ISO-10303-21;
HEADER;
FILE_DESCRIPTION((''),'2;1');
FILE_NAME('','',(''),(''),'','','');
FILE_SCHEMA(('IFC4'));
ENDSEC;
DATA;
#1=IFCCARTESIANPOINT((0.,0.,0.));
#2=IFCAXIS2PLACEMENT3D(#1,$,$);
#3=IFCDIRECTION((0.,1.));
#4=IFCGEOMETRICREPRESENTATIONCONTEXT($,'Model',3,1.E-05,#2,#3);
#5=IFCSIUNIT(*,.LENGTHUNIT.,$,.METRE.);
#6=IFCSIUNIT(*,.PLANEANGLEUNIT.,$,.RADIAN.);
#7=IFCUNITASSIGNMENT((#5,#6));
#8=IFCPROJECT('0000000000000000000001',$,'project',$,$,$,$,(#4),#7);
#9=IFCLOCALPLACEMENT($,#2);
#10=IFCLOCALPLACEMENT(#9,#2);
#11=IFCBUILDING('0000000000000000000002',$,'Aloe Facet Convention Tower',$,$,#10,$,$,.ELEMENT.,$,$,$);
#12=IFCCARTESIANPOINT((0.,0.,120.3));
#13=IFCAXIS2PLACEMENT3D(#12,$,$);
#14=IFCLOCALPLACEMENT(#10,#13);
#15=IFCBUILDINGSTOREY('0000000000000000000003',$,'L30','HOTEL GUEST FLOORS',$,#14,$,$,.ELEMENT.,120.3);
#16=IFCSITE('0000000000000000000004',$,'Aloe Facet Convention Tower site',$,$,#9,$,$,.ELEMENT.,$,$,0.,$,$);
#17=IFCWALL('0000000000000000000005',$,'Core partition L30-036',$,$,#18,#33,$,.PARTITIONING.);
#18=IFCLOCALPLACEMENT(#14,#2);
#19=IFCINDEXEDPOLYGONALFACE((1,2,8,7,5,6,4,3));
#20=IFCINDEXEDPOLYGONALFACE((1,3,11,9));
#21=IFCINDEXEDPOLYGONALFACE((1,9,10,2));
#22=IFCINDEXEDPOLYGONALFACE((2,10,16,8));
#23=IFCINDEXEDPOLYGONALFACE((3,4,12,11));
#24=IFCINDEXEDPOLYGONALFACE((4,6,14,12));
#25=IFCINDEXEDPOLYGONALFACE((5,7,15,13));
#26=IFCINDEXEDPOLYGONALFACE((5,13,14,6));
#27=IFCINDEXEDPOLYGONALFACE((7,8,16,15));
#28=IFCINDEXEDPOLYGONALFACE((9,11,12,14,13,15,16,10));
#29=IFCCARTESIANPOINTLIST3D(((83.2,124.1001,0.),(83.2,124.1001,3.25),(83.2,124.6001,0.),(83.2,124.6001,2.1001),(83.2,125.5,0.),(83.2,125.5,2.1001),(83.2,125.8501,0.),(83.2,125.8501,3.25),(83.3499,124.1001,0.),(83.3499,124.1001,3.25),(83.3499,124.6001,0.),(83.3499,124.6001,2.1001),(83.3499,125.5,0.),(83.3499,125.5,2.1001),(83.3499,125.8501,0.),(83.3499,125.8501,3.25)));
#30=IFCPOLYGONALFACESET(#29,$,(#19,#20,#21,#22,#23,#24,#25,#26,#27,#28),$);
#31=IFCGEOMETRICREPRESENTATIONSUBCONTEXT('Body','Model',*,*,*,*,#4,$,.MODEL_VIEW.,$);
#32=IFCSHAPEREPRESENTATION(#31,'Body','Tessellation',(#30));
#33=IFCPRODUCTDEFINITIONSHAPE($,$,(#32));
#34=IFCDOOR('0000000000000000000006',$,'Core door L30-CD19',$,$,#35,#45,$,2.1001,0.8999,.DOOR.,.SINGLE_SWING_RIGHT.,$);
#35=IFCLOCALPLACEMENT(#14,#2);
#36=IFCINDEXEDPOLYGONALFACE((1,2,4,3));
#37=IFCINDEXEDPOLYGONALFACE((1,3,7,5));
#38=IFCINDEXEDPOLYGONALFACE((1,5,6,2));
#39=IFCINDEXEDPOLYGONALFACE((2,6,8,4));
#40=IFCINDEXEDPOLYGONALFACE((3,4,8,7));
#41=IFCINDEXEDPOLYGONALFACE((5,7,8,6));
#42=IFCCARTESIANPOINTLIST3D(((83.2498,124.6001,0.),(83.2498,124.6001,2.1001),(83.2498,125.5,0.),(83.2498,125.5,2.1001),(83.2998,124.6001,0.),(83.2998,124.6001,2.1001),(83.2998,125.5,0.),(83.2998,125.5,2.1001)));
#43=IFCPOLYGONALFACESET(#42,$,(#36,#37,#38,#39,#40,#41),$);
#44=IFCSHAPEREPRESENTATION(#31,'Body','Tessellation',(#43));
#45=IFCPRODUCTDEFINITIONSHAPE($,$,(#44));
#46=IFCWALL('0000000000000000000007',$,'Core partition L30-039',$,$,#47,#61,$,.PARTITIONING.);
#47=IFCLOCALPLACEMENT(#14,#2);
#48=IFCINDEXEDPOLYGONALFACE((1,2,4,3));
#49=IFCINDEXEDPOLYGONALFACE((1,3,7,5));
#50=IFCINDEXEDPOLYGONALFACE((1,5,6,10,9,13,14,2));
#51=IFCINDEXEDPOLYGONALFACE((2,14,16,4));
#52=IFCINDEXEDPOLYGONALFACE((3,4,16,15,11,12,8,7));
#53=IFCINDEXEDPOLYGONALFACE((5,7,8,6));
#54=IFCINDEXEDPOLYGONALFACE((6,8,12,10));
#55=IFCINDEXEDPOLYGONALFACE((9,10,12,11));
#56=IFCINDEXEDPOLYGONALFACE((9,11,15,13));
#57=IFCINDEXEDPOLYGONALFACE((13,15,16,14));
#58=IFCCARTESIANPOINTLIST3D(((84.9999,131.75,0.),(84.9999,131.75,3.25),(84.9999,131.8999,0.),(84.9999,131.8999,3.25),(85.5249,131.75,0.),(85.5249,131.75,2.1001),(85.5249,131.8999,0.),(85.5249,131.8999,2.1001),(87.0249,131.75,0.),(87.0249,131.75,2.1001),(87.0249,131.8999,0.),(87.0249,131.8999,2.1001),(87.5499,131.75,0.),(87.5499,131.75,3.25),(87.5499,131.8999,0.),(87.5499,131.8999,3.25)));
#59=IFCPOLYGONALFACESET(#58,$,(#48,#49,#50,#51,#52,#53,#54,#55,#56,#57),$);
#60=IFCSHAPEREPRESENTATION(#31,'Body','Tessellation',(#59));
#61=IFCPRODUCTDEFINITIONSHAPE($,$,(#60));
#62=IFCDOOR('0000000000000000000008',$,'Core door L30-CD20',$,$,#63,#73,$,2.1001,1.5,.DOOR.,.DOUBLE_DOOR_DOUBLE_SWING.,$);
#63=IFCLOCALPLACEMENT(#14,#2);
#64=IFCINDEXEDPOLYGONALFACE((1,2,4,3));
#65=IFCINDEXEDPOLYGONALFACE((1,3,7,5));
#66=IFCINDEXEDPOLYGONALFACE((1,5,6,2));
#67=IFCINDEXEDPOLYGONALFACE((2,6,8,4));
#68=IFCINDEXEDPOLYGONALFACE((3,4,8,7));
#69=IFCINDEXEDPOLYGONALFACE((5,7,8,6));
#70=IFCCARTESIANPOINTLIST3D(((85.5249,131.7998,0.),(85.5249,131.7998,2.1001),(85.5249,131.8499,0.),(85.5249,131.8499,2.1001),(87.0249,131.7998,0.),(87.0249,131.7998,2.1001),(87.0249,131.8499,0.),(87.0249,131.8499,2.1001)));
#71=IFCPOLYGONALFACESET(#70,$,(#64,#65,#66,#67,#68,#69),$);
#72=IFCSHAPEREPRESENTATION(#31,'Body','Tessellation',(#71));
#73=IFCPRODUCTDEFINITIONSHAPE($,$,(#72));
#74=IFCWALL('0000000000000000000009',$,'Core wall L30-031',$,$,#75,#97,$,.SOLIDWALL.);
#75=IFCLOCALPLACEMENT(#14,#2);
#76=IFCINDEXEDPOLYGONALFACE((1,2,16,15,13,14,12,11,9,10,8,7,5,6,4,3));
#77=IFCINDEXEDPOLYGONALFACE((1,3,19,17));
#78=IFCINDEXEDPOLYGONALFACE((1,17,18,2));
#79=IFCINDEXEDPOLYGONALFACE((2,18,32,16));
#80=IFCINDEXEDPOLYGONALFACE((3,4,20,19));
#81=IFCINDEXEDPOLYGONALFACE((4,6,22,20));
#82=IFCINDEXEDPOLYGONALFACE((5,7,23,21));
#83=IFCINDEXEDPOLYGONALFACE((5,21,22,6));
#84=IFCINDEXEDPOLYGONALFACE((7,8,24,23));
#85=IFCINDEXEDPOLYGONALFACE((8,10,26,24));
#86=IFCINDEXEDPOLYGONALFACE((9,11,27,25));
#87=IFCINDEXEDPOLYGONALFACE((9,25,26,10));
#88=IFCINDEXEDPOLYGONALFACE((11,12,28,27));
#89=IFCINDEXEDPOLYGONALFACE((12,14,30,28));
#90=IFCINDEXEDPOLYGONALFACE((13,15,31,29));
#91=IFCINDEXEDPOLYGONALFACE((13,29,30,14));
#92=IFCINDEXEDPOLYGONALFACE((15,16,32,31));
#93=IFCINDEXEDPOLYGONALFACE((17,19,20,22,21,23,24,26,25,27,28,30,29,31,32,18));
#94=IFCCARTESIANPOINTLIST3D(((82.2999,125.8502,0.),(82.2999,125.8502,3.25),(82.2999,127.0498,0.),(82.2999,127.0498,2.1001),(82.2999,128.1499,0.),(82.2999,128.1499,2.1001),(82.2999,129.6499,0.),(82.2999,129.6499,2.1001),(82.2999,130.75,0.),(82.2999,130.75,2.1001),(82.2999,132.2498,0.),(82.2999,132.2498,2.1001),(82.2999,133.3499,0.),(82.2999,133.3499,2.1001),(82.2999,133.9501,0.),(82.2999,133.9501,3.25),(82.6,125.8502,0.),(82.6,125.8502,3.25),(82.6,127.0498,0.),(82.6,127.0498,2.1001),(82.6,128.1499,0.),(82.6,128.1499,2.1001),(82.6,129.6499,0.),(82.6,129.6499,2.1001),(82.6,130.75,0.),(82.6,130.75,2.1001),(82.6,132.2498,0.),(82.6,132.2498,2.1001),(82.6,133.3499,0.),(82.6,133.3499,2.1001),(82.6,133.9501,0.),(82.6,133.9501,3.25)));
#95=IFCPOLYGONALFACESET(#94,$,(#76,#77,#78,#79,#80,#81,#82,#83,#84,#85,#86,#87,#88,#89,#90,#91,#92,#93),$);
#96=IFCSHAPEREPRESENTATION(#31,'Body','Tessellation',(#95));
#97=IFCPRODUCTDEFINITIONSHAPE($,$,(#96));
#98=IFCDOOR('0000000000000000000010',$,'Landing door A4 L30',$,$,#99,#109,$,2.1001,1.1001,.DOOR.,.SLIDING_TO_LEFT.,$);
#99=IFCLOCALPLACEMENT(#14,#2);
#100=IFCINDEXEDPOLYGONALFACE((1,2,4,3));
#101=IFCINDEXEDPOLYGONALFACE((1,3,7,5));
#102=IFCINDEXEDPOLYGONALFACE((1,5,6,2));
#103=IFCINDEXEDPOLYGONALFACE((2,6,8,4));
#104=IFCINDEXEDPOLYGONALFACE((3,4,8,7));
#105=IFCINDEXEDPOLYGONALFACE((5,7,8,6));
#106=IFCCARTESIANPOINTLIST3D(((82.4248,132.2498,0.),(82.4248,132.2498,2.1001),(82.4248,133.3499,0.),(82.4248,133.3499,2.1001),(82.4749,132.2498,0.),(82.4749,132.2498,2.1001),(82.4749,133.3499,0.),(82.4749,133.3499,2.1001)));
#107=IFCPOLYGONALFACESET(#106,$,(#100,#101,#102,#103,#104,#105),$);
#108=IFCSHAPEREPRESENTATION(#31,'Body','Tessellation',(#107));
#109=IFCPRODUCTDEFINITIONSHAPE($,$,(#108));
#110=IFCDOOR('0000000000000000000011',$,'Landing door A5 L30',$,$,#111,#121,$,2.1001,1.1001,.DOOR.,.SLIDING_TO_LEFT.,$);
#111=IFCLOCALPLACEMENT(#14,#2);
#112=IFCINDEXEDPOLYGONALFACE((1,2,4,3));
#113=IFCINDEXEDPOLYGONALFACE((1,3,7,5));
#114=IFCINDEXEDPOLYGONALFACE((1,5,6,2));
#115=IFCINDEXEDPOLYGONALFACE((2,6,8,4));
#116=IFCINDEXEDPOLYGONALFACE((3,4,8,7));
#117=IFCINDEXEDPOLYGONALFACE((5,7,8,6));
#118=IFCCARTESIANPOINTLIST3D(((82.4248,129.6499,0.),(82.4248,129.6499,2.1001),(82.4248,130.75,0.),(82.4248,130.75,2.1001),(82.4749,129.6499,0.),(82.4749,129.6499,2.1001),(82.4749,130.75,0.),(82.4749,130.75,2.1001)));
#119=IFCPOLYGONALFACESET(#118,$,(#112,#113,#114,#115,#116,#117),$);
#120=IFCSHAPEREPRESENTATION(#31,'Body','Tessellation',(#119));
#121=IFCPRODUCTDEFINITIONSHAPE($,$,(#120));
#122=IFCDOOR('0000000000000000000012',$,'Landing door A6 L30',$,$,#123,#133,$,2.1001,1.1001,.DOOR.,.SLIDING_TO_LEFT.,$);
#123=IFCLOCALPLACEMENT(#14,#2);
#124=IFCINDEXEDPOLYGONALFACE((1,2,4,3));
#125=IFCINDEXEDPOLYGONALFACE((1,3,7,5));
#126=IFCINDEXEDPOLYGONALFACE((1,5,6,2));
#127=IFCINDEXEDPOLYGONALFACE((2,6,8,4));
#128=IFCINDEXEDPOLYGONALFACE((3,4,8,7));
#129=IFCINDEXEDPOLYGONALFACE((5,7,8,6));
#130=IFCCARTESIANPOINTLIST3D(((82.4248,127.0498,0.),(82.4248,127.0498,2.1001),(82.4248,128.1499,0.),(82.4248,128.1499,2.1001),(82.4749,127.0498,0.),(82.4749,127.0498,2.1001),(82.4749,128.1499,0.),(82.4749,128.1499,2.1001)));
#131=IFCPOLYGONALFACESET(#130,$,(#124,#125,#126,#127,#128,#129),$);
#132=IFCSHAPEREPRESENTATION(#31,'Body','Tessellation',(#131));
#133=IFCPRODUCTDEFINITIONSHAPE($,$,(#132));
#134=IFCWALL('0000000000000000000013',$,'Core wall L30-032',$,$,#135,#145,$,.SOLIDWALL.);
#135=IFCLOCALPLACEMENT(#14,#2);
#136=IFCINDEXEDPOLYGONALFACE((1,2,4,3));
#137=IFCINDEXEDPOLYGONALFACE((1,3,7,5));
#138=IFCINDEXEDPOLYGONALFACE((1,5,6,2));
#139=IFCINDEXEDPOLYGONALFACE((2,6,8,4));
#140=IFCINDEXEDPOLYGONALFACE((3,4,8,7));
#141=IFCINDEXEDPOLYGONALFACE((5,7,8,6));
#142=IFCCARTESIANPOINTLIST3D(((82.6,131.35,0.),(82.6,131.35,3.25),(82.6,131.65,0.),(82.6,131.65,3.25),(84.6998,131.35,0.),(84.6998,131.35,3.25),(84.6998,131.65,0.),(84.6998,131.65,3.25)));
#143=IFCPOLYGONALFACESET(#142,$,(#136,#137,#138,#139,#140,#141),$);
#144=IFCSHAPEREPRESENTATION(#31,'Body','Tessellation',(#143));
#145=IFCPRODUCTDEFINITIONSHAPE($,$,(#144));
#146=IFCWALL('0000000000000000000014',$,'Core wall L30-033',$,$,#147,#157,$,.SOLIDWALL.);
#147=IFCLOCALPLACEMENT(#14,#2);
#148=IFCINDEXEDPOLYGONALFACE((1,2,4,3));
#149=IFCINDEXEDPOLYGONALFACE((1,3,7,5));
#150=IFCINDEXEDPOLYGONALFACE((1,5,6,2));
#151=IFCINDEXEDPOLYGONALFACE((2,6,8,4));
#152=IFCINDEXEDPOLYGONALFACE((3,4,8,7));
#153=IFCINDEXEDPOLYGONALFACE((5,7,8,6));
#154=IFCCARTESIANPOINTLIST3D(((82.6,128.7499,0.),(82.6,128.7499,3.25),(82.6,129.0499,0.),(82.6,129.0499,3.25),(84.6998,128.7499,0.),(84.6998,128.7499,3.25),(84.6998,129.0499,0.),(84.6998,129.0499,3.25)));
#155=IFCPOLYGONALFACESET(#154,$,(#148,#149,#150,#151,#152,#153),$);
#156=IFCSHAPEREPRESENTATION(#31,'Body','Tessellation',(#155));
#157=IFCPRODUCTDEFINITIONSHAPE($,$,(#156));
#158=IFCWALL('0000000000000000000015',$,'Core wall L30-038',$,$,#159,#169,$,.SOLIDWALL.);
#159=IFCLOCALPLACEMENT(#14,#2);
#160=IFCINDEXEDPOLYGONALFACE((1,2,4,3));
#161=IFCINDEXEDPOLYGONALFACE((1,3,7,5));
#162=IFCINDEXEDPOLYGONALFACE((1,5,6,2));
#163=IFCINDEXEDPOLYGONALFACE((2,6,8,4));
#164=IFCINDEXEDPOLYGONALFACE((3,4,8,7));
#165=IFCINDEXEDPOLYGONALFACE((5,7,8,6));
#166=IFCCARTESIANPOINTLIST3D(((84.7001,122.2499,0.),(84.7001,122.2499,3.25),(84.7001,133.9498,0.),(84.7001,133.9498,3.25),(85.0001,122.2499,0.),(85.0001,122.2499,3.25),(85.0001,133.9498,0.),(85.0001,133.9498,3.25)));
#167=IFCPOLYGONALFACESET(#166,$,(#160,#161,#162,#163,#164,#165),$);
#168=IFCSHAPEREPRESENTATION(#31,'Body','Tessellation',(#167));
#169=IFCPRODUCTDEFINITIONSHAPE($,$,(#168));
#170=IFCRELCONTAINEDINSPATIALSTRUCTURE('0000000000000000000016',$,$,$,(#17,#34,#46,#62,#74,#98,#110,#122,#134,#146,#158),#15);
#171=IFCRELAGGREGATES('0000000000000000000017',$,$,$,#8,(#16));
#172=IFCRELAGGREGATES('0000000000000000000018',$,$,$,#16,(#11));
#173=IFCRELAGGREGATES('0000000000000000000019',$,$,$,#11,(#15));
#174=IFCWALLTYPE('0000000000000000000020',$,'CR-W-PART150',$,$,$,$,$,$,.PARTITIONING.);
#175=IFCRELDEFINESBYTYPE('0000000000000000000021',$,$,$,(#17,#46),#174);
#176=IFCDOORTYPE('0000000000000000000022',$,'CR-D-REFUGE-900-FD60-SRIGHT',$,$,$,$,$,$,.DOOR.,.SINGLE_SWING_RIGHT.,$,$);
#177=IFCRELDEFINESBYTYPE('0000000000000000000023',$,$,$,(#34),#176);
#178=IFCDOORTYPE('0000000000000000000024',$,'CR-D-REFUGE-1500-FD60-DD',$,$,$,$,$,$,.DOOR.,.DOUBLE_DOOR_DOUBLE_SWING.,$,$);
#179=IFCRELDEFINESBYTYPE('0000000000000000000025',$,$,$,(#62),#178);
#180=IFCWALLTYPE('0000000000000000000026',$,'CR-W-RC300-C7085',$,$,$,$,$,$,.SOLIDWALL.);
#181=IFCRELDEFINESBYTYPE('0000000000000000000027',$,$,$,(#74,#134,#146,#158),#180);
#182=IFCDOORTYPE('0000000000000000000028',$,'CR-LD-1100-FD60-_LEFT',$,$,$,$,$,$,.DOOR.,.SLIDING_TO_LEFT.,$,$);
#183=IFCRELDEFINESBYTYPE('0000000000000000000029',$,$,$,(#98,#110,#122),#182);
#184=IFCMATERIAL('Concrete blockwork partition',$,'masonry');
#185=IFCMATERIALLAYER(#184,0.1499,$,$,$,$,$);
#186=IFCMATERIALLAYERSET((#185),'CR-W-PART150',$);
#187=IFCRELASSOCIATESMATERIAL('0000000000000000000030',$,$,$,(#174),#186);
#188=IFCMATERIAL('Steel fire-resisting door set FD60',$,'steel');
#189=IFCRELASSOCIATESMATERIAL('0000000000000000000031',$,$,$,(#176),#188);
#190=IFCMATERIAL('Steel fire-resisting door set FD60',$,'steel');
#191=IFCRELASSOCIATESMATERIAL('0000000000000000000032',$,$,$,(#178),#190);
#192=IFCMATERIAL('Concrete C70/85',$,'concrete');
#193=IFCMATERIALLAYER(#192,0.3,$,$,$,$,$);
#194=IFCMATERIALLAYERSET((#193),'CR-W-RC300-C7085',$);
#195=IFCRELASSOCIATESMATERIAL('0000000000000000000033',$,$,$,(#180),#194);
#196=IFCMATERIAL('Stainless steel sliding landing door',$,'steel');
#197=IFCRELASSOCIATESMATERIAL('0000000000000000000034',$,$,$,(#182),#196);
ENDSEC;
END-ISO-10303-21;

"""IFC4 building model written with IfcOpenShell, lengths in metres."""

from ifc_helpers import new_model, si_unit, direction, frame, frame_2d, origin, place, context, subcontext, project, spatial, rectangle, extrude, material, layer, layer_set, type_object, element, fill, save


model = new_model("IFC4")

# Units and contexts
model_context = context("Model", 3, precision=1e-05, world=origin(), true_north=direction((0.0, 1.0)))
body_context = subcontext(model_context, "Body", "Model", "MODEL_VIEW")
ifc_project = project(units=[si_unit("LENGTHUNIT", "METRE"), si_unit("PLANEANGLEUNIT", "RADIAN")], contexts=[model_context])

# Site, building, storey
site_placement = place(None, origin())
site = spatial("IfcSite", under=ifc_project, at=site_placement, Name="Aloe Facet Convention Tower site", CompositionType="ELEMENT", RefElevation=0.0)
building_placement = place(site_placement, origin())
building = spatial("IfcBuilding", under=site, at=building_placement, Name="Aloe Facet Convention Tower", CompositionType="ELEMENT")
storey_placement = place(building_placement, frame((0.0, 0.0, 120.3)))
storey = spatial("IfcBuildingStorey", under=building, at=storey_placement, Name="L30", Description="HOTEL GUEST FLOORS", CompositionType="ELEMENT", Elevation=120.3)

# Walls, openings, doors
ifc_material_1 = material(Name="Concrete blockwork partition", Category="masonry")
ifc_layer_1 = layer(ifc_material_1, 0.1499)
ifc_layer_set_1 = layer_set([ifc_layer_1], Name="CR-W-PART150")
wall_type_1 = type_object("IfcWallType", Name="CR-W-PART150", PredefinedType="PARTITIONING", material=ifc_layer_set_1)
wall_1_placement = place(storey_placement, frame((83.2749, 125.8501, 0.0), z_axis=(0.0, 0.0, 1.0), x_axis=(0.0, -1.0, 0.0)))
wall_1 = element("IfcWall", 1, at=wall_1_placement, inside=storey, type_object=wall_type_1, Name="Core partition L30-036", PredefinedType="PARTITIONING", context=body_context, shape_type="SweptSolid", body=[
    extrude(rectangle(XDim=1.75, YDim=0.1499, at=frame_2d((0.875, 0.0))), origin(), (0.0, 0.0, 1.0), 3.25),
])
opening_1_placement = place(wall_1_placement, frame((0.3501, 0.0, 0.0)))
opening_1 = element("IfcOpeningElement", 2, at=opening_1_placement, cuts=wall_1, PredefinedType="OPENING", context=body_context, shape_type="SweptSolid", body=[
    extrude(rectangle(XDim=0.8999, YDim=2.1001, at=frame_2d((0.45, 1.05))), frame((0.0, 0.085, 0.0), z_axis=(0.0, -1.0, 0.0), x_axis=(1.0, 0.0, 0.0)), (0.0, 0.0, 1.0), 0.1699),
])
ifc_material_2 = material(Name="Steel fire-resisting door set FD60", Category="steel")
door_type_1 = type_object("IfcDoorType", Name="CR-D-REFUGE-900-FD60-SRIGHT", OperationType="SINGLE_SWING_RIGHT", PredefinedType="DOOR", material=ifc_material_2)
door_1_placement = place(opening_1_placement, origin())
door_1 = element("IfcDoor", 3, at=door_1_placement, inside=storey, type_object=door_type_1, Name="Core door L30-CD19", OperationType="SINGLE_SWING_RIGHT", OverallHeight=2.1001, OverallWidth=0.8999, PredefinedType="DOOR", context=body_context, shape_type="SweptSolid", body=[
    extrude(rectangle(XDim=0.8999, YDim=2.1001, at=frame_2d((0.45, 1.05))), frame((0.0, 0.0249, 0.0), z_axis=(0.0, -1.0, 0.0), x_axis=(1.0, 0.0, 0.0)), (0.0, 0.0, 1.0), 0.05),
])
fill(opening_1, door_1)
wall_2_placement = place(storey_placement, frame((85.0, 131.825, 0.0), z_axis=(0.0, 0.0, 1.0), x_axis=(1.0, 0.0, 0.0)))
wall_2 = element("IfcWall", 4, at=wall_2_placement, inside=storey, type_object=wall_type_1, Name="Core partition L30-039", PredefinedType="PARTITIONING", context=body_context, shape_type="SweptSolid", body=[
    extrude(rectangle(XDim=2.55, YDim=0.1499, at=frame_2d((1.2749, 0.0))), origin(), (0.0, 0.0, 1.0), 3.25),
])
opening_2_placement = place(wall_2_placement, frame((0.5249, 0.0, 0.0)))
opening_2 = element("IfcOpeningElement", 5, at=opening_2_placement, cuts=wall_2, PredefinedType="OPENING", context=body_context, shape_type="SweptSolid", body=[
    extrude(rectangle(XDim=1.5, YDim=2.1001, at=frame_2d((0.75, 1.05))), frame((0.0, 0.085, 0.0), z_axis=(0.0, -1.0, 0.0), x_axis=(1.0, 0.0, 0.0)), (0.0, 0.0, 1.0), 0.1699),
])
ifc_material_3 = material(Name="Steel fire-resisting door set FD60", Category="steel")
door_type_2 = type_object("IfcDoorType", Name="CR-D-REFUGE-1500-FD60-DD", OperationType="DOUBLE_DOOR_DOUBLE_SWING", PredefinedType="DOOR", material=ifc_material_3)
door_2_placement = place(opening_2_placement, origin())
door_2 = element("IfcDoor", 6, at=door_2_placement, inside=storey, type_object=door_type_2, Name="Core door L30-CD20", OperationType="DOUBLE_DOOR_DOUBLE_SWING", OverallHeight=2.1001, OverallWidth=1.5, PredefinedType="DOOR", context=body_context, shape_type="SweptSolid", body=[
    extrude(rectangle(XDim=1.5, YDim=2.1001, at=frame_2d((0.75, 1.05))), frame((0.0, 0.0249, 0.0), z_axis=(0.0, -1.0, 0.0), x_axis=(1.0, 0.0, 0.0)), (0.0, 0.0, 1.0), 0.05),
])
fill(opening_2, door_2)

# Wall, openings, doors
ifc_material_4 = material(Name="Concrete C70/85", Category="concrete")
ifc_layer_2 = layer(ifc_material_4, 0.3)
ifc_layer_set_2 = layer_set([ifc_layer_2], Name="CR-W-RC300-C7085")
wall_type_2 = type_object("IfcWallType", Name="CR-W-RC300-C7085", PredefinedType="SOLIDWALL", material=ifc_layer_set_2)
wall_3_placement = place(storey_placement, frame((82.45, 133.95, 0.0), z_axis=(0.0, 0.0, 1.0), x_axis=(0.0, -1.0, 0.0)))
wall_3 = element("IfcWall", 7, at=wall_3_placement, inside=storey, type_object=wall_type_2, Name="Core wall L30-031", PredefinedType="SOLIDWALL", context=body_context, shape_type="SweptSolid", body=[
    extrude(rectangle(XDim=8.0999, YDim=0.3, at=frame_2d((4.0498, 0.0))), origin(), (0.0, 0.0, 1.0), 3.25),
])
opening_3_placement = place(wall_3_placement, frame((0.6001, 0.0, 0.0)))
opening_3 = element("IfcOpeningElement", 8, at=opening_3_placement, cuts=wall_3, PredefinedType="OPENING", context=body_context, shape_type="SweptSolid", body=[
    extrude(rectangle(XDim=1.1001, YDim=2.1001, at=frame_2d((0.55, 1.05))), frame((0.0, 0.1602, 0.0), z_axis=(0.0, -1.0, 0.0), x_axis=(1.0, 0.0, 0.0)), (0.0, 0.0, 1.0), 0.3201),
])
opening_4_placement = place(wall_3_placement, frame((3.2, 0.0, 0.0)))
opening_4 = element("IfcOpeningElement", 9, at=opening_4_placement, cuts=wall_3, PredefinedType="OPENING", context=body_context, shape_type="SweptSolid", body=[
    extrude(rectangle(XDim=1.1001, YDim=2.1001, at=frame_2d((0.55, 1.05))), frame((0.0, 0.1602, 0.0), z_axis=(0.0, -1.0, 0.0), x_axis=(1.0, 0.0, 0.0)), (0.0, 0.0, 1.0), 0.3201),
])
opening_5_placement = place(wall_3_placement, frame((5.8, 0.0, 0.0)))
opening_5 = element("IfcOpeningElement", 10, at=opening_5_placement, cuts=wall_3, PredefinedType="OPENING", context=body_context, shape_type="SweptSolid", body=[
    extrude(rectangle(XDim=1.1001, YDim=2.1001, at=frame_2d((0.55, 1.05))), frame((0.0, 0.1602, 0.0), z_axis=(0.0, -1.0, 0.0), x_axis=(1.0, 0.0, 0.0)), (0.0, 0.0, 1.0), 0.3201),
])
ifc_material_5 = material(Name="Stainless steel sliding landing door", Category="steel")
door_type_3 = type_object("IfcDoorType", Name="CR-LD-1100-FD60-_LEFT", OperationType="SLIDING_TO_LEFT", PredefinedType="DOOR", material=ifc_material_5)
door_3_placement = place(opening_3_placement, origin())
door_3 = element("IfcDoor", 11, at=door_3_placement, inside=storey, type_object=door_type_3, Name="Landing door A4 L30", OperationType="SLIDING_TO_LEFT", OverallHeight=2.1001, OverallWidth=1.1001, PredefinedType="DOOR", context=body_context, shape_type="SweptSolid", body=[
    extrude(rectangle(XDim=1.1001, YDim=2.1001, at=frame_2d((0.55, 1.05))), frame((0.0, 0.0249, 0.0), z_axis=(0.0, -1.0, 0.0), x_axis=(1.0, 0.0, 0.0)), (0.0, 0.0, 1.0), 0.05),
])
fill(opening_3, door_3)
door_4_placement = place(opening_4_placement, origin())
door_4 = element("IfcDoor", 12, at=door_4_placement, inside=storey, type_object=door_type_3, Name="Landing door A5 L30", OperationType="SLIDING_TO_LEFT", OverallHeight=2.1001, OverallWidth=1.1001, PredefinedType="DOOR", context=body_context, shape_type="SweptSolid", body=[
    extrude(rectangle(XDim=1.1001, YDim=2.1001, at=frame_2d((0.55, 1.05))), frame((0.0, 0.0249, 0.0), z_axis=(0.0, -1.0, 0.0), x_axis=(1.0, 0.0, 0.0)), (0.0, 0.0, 1.0), 0.05),
])
fill(opening_4, door_4)
door_5_placement = place(opening_5_placement, origin())
door_5 = element("IfcDoor", 13, at=door_5_placement, inside=storey, type_object=door_type_3, Name="Landing door A6 L30", OperationType="SLIDING_TO_LEFT", OverallHeight=2.1001, OverallWidth=1.1001, PredefinedType="DOOR", context=body_context, shape_type="SweptSolid", body=[
    extrude(rectangle(XDim=1.1001, YDim=2.1001, at=frame_2d((0.55, 1.05))), frame((0.0, 0.0249, 0.0), z_axis=(0.0, -1.0, 0.0), x_axis=(1.0, 0.0, 0.0)), (0.0, 0.0, 1.0), 0.05),
])
fill(opening_5, door_5)

# Walls
for number, where, z_axis, x_axis, name in (
    (14, (82.6001, 131.5, 0.0), (0.0, 0.0, 1.0), (1.0, 0.0, 0.0), "Core wall L30-032"),
    (15, (82.6001, 128.8999, 0.0), (0.0, 0.0, 1.0), (1.0, 0.0, 0.0), "Core wall L30-033"),
):
    element("IfcWall", number, at=place(storey_placement, frame(where, z_axis=z_axis, x_axis=x_axis)), inside=storey, type_object=wall_type_2, Name=name, PredefinedType="SOLIDWALL", context=body_context, shape_type="SweptSolid", body=[
        extrude(rectangle(XDim=2.0999, YDim=0.3, at=frame_2d((1.0498, 0.0))), origin(), (0.0, 0.0, 1.0), 3.25),
    ])
wall_4_placement = place(storey_placement, frame((84.8501, 133.95, 0.0), z_axis=(0.0, 0.0, 1.0), x_axis=(0.0, -1.0, 0.0)))
element("IfcWall", 16, at=wall_4_placement, inside=storey, type_object=wall_type_2, Name="Core wall L30-038", PredefinedType="SOLIDWALL", context=body_context, shape_type="SweptSolid", body=[
    extrude(rectangle(XDim=11.7, YDim=0.3, at=frame_2d((5.8501, 0.0))), origin(), (0.0, 0.0, 1.0), 3.25),
])

save(model, "model.ifc")
